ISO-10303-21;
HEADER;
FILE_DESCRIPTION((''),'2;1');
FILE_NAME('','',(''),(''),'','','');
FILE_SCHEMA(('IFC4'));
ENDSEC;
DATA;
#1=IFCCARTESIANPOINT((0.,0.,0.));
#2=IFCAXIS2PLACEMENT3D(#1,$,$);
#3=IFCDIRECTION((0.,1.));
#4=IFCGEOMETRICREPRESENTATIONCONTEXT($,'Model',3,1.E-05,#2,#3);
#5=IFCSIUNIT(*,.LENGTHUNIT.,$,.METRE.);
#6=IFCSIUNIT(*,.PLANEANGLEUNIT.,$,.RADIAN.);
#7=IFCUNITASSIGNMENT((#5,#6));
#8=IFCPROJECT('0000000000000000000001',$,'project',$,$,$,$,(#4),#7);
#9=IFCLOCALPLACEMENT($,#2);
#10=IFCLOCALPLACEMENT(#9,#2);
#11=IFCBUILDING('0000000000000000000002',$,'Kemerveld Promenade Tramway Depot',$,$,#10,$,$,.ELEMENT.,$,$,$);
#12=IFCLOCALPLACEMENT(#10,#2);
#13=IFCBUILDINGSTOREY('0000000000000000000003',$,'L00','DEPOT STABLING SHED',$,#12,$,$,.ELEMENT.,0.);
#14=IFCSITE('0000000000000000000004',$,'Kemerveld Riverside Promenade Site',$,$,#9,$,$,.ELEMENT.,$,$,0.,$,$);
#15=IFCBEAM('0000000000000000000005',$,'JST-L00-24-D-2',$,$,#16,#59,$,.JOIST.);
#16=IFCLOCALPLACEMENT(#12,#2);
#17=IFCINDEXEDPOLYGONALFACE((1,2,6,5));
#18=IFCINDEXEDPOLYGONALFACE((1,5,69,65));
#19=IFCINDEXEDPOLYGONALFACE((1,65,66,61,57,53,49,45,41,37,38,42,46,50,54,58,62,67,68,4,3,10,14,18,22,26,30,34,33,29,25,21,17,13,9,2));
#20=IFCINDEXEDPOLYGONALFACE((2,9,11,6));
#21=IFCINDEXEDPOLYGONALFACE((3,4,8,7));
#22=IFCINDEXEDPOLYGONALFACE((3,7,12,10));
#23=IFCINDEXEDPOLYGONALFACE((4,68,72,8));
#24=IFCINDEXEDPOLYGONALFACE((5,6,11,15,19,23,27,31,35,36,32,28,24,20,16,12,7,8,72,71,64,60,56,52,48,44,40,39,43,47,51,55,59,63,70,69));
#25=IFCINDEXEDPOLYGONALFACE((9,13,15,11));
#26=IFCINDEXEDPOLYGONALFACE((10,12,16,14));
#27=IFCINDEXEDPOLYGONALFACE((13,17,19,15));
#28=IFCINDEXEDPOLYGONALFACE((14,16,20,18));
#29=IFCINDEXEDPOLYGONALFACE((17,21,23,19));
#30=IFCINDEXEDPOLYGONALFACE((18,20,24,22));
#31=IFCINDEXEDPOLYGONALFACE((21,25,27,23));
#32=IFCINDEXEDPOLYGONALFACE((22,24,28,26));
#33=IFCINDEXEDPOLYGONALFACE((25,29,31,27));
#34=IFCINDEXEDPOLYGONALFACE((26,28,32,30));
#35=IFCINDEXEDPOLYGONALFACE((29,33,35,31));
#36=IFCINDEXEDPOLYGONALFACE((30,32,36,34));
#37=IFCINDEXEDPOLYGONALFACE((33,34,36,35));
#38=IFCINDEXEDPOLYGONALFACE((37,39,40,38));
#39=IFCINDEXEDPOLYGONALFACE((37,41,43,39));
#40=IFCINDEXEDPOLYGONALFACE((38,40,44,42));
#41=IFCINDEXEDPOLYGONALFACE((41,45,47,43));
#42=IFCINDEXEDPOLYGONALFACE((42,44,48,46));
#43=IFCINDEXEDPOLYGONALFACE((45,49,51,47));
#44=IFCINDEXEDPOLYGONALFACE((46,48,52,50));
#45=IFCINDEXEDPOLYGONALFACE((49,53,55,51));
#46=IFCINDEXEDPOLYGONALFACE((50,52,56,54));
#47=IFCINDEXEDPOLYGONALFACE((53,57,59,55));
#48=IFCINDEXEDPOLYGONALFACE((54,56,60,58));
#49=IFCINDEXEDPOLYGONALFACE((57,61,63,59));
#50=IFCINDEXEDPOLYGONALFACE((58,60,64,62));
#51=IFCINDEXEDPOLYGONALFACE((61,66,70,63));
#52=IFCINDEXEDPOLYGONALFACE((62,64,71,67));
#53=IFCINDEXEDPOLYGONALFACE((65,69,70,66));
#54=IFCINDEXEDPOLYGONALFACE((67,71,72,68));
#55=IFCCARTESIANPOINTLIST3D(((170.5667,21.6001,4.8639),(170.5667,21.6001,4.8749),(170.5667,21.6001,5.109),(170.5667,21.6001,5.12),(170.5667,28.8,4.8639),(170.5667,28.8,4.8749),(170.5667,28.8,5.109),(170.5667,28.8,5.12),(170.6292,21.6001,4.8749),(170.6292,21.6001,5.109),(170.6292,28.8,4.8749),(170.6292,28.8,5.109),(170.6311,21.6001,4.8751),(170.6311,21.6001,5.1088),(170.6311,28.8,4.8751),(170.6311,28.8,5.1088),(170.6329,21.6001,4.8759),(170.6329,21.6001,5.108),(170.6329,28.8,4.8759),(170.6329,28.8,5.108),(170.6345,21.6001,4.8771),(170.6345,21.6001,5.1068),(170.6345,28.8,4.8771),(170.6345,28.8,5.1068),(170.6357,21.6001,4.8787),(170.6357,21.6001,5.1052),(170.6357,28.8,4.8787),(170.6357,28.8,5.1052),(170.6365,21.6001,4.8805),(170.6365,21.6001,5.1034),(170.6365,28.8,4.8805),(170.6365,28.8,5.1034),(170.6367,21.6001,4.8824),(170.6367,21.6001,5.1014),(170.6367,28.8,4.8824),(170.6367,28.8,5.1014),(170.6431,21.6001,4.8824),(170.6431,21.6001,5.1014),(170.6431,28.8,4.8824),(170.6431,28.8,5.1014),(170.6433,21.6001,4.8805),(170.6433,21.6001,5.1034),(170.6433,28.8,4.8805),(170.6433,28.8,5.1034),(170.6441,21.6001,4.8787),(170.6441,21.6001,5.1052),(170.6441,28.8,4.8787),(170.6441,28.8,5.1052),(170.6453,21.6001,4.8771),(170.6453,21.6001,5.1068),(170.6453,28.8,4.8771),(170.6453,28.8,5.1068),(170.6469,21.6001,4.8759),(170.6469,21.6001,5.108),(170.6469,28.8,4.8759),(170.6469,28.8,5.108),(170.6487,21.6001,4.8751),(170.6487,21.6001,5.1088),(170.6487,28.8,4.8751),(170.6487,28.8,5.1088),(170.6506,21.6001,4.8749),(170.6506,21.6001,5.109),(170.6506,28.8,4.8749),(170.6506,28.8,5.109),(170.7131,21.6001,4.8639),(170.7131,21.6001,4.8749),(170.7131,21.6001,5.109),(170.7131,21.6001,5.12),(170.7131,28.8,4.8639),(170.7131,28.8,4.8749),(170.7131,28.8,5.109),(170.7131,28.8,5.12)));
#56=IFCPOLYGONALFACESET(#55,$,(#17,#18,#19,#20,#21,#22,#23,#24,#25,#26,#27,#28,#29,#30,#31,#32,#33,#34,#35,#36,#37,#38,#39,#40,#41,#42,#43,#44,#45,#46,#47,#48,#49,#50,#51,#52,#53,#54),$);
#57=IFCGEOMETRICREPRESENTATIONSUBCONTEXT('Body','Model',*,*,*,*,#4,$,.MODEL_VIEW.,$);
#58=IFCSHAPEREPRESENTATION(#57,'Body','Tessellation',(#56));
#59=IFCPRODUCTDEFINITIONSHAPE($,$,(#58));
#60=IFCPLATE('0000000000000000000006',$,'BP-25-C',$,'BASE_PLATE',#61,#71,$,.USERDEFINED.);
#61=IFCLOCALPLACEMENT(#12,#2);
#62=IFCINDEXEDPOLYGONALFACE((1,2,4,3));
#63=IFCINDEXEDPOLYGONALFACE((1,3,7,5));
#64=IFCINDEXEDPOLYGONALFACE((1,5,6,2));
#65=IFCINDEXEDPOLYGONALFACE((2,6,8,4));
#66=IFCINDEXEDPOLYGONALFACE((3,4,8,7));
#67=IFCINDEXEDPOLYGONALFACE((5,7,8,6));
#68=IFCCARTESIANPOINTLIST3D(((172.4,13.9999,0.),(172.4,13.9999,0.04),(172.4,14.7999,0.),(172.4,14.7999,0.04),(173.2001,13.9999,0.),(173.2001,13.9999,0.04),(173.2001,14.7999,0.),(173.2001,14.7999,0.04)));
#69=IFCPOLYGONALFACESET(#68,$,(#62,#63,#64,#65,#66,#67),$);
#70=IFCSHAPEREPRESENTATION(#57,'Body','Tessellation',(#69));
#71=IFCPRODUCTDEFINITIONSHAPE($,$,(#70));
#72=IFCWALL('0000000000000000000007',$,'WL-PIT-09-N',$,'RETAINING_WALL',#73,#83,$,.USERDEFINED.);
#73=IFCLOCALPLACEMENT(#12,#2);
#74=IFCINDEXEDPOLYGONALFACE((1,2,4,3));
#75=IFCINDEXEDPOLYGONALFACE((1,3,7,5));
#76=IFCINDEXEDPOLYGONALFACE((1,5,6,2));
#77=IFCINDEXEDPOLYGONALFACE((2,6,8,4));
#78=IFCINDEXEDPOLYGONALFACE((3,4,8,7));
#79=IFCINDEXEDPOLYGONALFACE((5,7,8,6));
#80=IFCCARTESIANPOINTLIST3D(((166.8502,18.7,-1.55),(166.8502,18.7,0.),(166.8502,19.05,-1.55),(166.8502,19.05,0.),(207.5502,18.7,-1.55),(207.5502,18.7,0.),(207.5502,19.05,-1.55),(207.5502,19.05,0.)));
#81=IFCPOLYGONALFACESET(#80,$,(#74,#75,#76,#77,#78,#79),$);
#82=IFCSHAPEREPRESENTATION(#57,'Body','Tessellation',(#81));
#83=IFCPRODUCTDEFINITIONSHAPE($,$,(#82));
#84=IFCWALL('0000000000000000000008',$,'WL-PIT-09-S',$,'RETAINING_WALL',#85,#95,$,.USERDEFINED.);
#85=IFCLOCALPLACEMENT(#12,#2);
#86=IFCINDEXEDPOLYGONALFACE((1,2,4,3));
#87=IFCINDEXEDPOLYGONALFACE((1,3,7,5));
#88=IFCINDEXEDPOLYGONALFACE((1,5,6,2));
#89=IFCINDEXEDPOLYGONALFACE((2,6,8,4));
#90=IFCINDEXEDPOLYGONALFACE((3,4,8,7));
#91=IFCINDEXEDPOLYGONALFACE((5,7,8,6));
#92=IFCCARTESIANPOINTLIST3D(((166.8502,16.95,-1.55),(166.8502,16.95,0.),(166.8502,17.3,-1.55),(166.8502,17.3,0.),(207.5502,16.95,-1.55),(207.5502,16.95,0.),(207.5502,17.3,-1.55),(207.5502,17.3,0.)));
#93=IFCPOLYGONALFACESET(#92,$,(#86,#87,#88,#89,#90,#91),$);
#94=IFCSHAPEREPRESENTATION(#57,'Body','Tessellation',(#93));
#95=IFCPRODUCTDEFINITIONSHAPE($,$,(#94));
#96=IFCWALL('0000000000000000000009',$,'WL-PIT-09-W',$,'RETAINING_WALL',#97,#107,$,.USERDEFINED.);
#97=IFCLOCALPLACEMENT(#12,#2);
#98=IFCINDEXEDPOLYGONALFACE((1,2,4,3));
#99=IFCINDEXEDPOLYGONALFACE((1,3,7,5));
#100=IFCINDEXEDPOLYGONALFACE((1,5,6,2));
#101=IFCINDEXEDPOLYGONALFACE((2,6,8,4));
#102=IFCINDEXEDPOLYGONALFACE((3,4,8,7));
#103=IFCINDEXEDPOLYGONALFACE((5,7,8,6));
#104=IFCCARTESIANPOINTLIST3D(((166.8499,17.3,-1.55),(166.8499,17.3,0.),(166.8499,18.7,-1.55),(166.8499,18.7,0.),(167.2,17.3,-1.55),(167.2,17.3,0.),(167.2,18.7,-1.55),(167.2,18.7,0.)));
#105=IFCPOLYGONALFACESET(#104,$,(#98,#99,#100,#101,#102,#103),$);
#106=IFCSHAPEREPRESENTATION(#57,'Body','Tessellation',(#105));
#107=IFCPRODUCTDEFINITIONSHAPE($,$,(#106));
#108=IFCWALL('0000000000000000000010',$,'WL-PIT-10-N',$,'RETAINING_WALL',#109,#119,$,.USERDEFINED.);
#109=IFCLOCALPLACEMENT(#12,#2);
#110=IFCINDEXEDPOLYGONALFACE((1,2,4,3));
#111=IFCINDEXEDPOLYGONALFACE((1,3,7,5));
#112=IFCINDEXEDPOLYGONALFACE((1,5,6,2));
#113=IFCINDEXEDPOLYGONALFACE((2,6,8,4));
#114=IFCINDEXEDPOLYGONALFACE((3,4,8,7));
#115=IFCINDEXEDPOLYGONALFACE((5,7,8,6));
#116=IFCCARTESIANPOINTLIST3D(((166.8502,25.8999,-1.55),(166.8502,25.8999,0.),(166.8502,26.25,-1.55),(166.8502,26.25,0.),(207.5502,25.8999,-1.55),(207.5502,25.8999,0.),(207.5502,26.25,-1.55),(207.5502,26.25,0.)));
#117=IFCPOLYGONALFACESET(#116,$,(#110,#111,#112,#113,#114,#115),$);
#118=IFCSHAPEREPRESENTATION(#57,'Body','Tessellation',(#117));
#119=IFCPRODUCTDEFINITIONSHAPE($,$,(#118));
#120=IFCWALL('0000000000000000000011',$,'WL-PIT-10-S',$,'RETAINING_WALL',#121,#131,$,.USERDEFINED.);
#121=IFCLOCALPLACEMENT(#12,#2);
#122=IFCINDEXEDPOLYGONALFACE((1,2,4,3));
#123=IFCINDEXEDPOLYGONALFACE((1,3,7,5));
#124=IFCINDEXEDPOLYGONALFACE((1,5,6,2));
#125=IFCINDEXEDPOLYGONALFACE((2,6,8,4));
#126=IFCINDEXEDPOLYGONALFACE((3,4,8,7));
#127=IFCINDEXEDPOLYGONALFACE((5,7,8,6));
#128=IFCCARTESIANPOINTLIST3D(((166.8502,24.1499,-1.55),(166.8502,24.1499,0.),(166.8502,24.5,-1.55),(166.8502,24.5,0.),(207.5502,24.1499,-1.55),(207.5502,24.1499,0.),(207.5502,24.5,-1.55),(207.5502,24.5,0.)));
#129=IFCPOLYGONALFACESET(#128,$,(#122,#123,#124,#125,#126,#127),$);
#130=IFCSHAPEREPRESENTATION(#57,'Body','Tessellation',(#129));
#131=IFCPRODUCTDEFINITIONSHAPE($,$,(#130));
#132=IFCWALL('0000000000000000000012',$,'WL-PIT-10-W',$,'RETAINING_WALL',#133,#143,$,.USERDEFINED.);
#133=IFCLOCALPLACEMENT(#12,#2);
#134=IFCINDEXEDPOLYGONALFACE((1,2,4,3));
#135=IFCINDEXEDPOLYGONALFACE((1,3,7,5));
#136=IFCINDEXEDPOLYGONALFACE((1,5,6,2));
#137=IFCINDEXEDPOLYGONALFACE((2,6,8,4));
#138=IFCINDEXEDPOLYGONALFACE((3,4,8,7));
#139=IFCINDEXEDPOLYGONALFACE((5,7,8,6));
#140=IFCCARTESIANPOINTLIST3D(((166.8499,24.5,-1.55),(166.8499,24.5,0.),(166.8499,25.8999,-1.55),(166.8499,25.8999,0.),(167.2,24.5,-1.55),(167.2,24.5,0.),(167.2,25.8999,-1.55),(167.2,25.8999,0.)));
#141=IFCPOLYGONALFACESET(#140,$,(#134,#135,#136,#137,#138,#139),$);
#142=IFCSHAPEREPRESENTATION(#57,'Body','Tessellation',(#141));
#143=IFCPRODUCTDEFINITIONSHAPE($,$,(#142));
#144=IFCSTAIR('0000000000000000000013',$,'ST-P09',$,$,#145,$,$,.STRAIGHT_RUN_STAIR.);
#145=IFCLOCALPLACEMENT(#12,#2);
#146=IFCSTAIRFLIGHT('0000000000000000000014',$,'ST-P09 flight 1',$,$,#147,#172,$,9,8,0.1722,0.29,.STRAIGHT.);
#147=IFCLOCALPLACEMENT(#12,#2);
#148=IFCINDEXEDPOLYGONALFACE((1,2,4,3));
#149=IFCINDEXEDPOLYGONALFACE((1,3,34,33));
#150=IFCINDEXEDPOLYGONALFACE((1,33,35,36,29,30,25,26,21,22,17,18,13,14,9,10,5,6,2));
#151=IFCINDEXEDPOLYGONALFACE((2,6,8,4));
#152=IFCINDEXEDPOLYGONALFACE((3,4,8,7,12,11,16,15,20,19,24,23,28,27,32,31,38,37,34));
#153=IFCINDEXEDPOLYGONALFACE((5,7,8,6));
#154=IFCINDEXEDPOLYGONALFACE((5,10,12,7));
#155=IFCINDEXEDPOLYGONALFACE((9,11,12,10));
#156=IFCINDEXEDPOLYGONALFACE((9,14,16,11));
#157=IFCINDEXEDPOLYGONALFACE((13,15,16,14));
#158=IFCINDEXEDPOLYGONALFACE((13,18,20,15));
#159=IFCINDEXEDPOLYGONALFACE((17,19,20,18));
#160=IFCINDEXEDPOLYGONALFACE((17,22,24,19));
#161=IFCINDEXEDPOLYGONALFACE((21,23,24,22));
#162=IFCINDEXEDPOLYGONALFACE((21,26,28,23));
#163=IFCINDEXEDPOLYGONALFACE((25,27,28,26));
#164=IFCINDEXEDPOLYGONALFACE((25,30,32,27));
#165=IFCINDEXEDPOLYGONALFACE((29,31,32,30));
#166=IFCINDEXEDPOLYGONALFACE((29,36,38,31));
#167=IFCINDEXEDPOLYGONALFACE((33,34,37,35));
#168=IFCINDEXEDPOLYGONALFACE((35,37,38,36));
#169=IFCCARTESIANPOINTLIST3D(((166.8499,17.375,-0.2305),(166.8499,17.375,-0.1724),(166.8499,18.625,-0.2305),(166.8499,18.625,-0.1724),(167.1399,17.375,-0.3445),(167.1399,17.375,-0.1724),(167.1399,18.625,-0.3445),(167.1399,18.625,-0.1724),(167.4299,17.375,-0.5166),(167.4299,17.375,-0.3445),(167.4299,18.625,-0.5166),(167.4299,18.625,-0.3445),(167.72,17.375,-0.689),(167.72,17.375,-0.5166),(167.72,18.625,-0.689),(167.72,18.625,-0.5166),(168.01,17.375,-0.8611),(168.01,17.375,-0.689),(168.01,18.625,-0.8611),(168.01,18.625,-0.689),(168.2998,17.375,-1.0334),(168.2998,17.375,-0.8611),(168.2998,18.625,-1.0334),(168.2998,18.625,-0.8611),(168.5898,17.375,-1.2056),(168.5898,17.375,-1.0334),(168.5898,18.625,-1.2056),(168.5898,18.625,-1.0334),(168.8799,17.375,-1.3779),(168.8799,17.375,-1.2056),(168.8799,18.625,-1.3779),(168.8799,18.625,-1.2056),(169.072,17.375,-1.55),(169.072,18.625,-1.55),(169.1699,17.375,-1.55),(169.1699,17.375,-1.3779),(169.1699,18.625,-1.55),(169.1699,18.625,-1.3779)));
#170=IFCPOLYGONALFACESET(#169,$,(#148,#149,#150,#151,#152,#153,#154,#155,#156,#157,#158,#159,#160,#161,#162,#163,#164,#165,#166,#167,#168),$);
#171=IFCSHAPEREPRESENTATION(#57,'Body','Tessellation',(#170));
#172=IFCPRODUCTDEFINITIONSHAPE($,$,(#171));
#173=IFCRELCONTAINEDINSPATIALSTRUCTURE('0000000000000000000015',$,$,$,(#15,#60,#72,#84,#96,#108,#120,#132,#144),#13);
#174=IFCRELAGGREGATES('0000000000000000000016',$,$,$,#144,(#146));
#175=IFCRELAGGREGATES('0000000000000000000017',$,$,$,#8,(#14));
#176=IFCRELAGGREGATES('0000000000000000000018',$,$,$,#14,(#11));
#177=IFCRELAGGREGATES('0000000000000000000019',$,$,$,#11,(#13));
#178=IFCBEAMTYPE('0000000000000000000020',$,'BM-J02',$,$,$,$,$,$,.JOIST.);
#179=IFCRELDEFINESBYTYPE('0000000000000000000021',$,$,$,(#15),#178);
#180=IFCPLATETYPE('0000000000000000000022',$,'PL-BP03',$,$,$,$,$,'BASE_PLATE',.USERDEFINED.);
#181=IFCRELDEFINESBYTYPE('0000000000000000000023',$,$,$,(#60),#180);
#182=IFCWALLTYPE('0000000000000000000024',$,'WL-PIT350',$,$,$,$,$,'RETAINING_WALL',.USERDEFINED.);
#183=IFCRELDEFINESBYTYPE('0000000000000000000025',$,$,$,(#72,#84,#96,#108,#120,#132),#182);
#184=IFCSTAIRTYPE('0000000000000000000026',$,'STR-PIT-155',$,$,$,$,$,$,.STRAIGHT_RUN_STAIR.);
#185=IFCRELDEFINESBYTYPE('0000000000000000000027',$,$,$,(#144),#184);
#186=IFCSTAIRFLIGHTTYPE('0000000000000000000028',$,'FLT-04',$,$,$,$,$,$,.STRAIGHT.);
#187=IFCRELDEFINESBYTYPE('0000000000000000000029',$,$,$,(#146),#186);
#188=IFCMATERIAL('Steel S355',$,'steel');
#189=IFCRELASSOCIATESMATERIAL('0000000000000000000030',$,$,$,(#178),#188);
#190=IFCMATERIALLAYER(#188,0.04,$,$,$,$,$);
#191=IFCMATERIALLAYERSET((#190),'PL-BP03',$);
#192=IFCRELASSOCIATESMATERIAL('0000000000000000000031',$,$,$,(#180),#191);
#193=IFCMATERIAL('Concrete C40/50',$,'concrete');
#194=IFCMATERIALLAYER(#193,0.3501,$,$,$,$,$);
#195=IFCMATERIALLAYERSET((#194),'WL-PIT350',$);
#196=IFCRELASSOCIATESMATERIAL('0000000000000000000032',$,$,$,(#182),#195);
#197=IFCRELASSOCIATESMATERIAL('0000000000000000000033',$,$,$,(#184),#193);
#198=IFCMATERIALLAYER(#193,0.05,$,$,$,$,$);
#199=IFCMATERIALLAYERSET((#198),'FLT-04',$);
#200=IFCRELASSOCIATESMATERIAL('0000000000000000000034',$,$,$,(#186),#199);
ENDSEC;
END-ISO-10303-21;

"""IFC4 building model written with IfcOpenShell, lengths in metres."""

from ifc_helpers import new_model, si_unit, direction, frame, frame_2d, origin, origin_2d, place, context, subcontext, project, spatial, polyline, rectangle, i_section, outline, extrude, material, layer, layer_set, material_profile, profile_set, type_object, element, aggregate, save


model = new_model("IFC4")

# Units and contexts
model_context = context("Model", 3, precision=1e-05, world=origin(), true_north=direction((0.0, 1.0)))
body_context = subcontext(model_context, "Body", "Model", "MODEL_VIEW")
ifc_project = project(units=[si_unit("LENGTHUNIT", "METRE"), si_unit("PLANEANGLEUNIT", "RADIAN")], contexts=[model_context])

# Site, building, storey
site_placement = place(None, origin())
site = spatial("IfcSite", under=ifc_project, at=site_placement, Name="Kemerveld Riverside Promenade Site", CompositionType="ELEMENT", RefElevation=0.0)
building_placement = place(site_placement, origin())
building = spatial("IfcBuilding", under=site, at=building_placement, Name="Kemerveld Promenade Tramway Depot", CompositionType="ELEMENT")
storey_placement = place(building_placement, origin())
storey = spatial("IfcBuildingStorey", under=building, at=storey_placement, Name="L00", Description="DEPOT STABLING SHED", CompositionType="ELEMENT", Elevation=0.0)

# Shared definitions
ifc_material_1 = material(Name="Steel S355", Category="steel")

# Beam
ifc_material_profile_1 = material_profile(ifc_material_1, i_section(OverallWidth=0.1465, OverallDepth=0.2561, WebThickness=0.0063, FlangeThickness=0.011, FilletRadius=0.0076, at=origin_2d()), Name="254x146x37 UB")
ifc_profile_set_1 = profile_set([ifc_material_profile_1], Name="Steel S355")
beam_type_1 = type_object("IfcBeamType", Name="BM-J02", PredefinedType="JOIST", material=ifc_profile_set_1)
for number, where, z_axis, x_axis, name in (
    (1, (170.6399, 21.6001, 4.9919), (0.0, 1.0, 0.0), (-1.0, 0.0, 0.0), "JST-L00-24-D-2"),
):
    element("IfcBeam", number, at=place(storey_placement, frame(where, z_axis=z_axis, x_axis=x_axis)), inside=storey, type_object=beam_type_1, Name=name, PredefinedType="JOIST", context=body_context, shape_type="SweptSolid", body=[
        extrude(i_section(OverallWidth=0.1465, OverallDepth=0.2561, WebThickness=0.0063, FlangeThickness=0.011, FilletRadius=0.0076, at=origin_2d()), origin(), (0.0, 0.0, 1.0), 7.2),
    ])

# Plate
ifc_layer_1 = layer(ifc_material_1, 0.04)
ifc_layer_set_1 = layer_set([ifc_layer_1], Name="PL-BP03")
plate_type = type_object("IfcPlateType", Name="PL-BP03", ElementType="BASE_PLATE", PredefinedType="USERDEFINED", material=ifc_layer_set_1)
plate_placement = place(storey_placement, frame((172.8, 14.3999, 0.0), z_axis=(0.0, 0.0, 1.0), x_axis=(1.0, 0.0, 0.0)))
element("IfcPlate", 2, at=plate_placement, inside=storey, type_object=plate_type, Name="BP-25-C", ObjectType="BASE_PLATE", PredefinedType="USERDEFINED", context=body_context, shape_type="SweptSolid", body=[
    extrude(rectangle(XDim=0.8, YDim=0.8, at=origin_2d()), origin(), (0.0, 0.0, 1.0), 0.04),
])

# Walls
ifc_material_2 = material(Name="Concrete C40/50", Category="concrete")
ifc_layer_2 = layer(ifc_material_2, 0.3501)
ifc_layer_set_2 = layer_set([ifc_layer_2], Name="WL-PIT350")
wall_type = type_object("IfcWallType", Name="WL-PIT350", ElementType="RETAINING_WALL", PredefinedType="USERDEFINED", material=ifc_layer_set_2)
for number, where, z_axis, x_axis, name in (
    (3, (166.8501, 18.875, -1.55), (0.0, 0.0, 1.0), (1.0, 0.0, 0.0), "WL-PIT-09-N"),
    (4, (166.8501, 17.125, -1.55), (0.0, 0.0, 1.0), (1.0, 0.0, 0.0), "WL-PIT-09-S"),
):
    element("IfcWall", number, at=place(storey_placement, frame(where, z_axis=z_axis, x_axis=x_axis)), inside=storey, type_object=wall_type, Name=name, ObjectType="RETAINING_WALL", PredefinedType="USERDEFINED", context=body_context, shape_type="SweptSolid", body=[
        extrude(rectangle(XDim=40.7, YDim=0.3501, at=frame_2d((20.3501, 0.0))), origin(), (0.0, 0.0, 1.0), 1.55),
    ])
wall_1_placement = place(storey_placement, frame((167.0249, 17.3, -1.55), z_axis=(0.0, 0.0, 1.0), x_axis=(0.0, 1.0, 0.0)))
element("IfcWall", 5, at=wall_1_placement, inside=storey, type_object=wall_type, Name="WL-PIT-09-W", ObjectType="RETAINING_WALL", PredefinedType="USERDEFINED", context=body_context, shape_type="SweptSolid", body=[
    extrude(rectangle(XDim=1.3999, YDim=0.3501, at=frame_2d((0.7, 0.0))), origin(), (0.0, 0.0, 1.0), 1.55),
])
for number, where, z_axis, x_axis, name in (
    (6, (166.8501, 26.075, -1.55), (0.0, 0.0, 1.0), (1.0, 0.0, 0.0), "WL-PIT-10-N"),
    (7, (166.8501, 24.325, -1.55), (0.0, 0.0, 1.0), (1.0, 0.0, 0.0), "WL-PIT-10-S"),
):
    element("IfcWall", number, at=place(storey_placement, frame(where, z_axis=z_axis, x_axis=x_axis)), inside=storey, type_object=wall_type, Name=name, ObjectType="RETAINING_WALL", PredefinedType="USERDEFINED", context=body_context, shape_type="SweptSolid", body=[
        extrude(rectangle(XDim=40.7, YDim=0.3501, at=frame_2d((20.3501, 0.0))), origin(), (0.0, 0.0, 1.0), 1.55),
    ])
wall_2_placement = place(storey_placement, frame((167.0249, 24.5, -1.55), z_axis=(0.0, 0.0, 1.0), x_axis=(0.0, 1.0, 0.0)))
element("IfcWall", 8, at=wall_2_placement, inside=storey, type_object=wall_type, Name="WL-PIT-10-W", ObjectType="RETAINING_WALL", PredefinedType="USERDEFINED", context=body_context, shape_type="SweptSolid", body=[
    extrude(rectangle(XDim=1.3999, YDim=0.3501, at=frame_2d((0.7, 0.0))), origin(), (0.0, 0.0, 1.0), 1.55),
])

# Stair, stair flight
stair_type = type_object("IfcStairType", Name="STR-PIT-155", PredefinedType="STRAIGHT_RUN_STAIR", material=ifc_material_2)
stair_1_placement = place(storey_placement, origin())
stair_1 = element("IfcStair", 9, at=stair_1_placement, inside=storey, type_object=stair_type, Name="ST-P09", PredefinedType="STRAIGHT_RUN_STAIR")
ifc_layer_3 = layer(ifc_material_2, 0.05)
ifc_layer_set_3 = layer_set([ifc_layer_3], Name="FLT-04")
stair_flight_type = type_object("IfcStairFlightType", Name="FLT-04", PredefinedType="STRAIGHT", material=ifc_layer_set_3)
stair_flight_1_placement = place(storey_placement, frame((169.1699, 18.0, -1.55), z_axis=(0.0, 0.0, 1.0), x_axis=(-1.0, 0.0, 0.0)))
stair_flight_1 = element("IfcStairFlight", 10, at=stair_flight_1_placement, type_object=stair_flight_type, Name="ST-P09 flight 1", NumberOfRisers=9, NumberOfTreads=8, PredefinedType="STRAIGHT", RiserHeight=0.1722, TreadLength=0.29, context=body_context, shape_type="SweptSolid", body=[
    extrude(outline(polyline([(0.0, 0.0), (0.0, 0.1721), (0.29, 0.1721), (0.29, 0.3445), (0.5801, 0.3445), (0.5801, 0.5166), (0.8701, 0.5166), (0.8701, 0.689), (1.1599, 0.689), (1.1599, 0.8611), (1.45, 0.8611), (1.45, 1.0334), (1.74, 1.0334), (1.74, 1.2056), (2.03, 1.2056), (2.03, 1.3777), (2.3201, 1.3777), (2.3201, 1.55), (2.3201, 1.3196), (0.0979, 0.0), (0.0, 0.0)])), frame((0.0, 0.625, 0.0), z_axis=(0.0, -1.0, 0.0), x_axis=(1.0, 0.0, 0.0)), (0.0, 0.0, 1.0), 1.25),
])
aggregate(stair_1, [stair_flight_1])

save(model, "model.ifc")
